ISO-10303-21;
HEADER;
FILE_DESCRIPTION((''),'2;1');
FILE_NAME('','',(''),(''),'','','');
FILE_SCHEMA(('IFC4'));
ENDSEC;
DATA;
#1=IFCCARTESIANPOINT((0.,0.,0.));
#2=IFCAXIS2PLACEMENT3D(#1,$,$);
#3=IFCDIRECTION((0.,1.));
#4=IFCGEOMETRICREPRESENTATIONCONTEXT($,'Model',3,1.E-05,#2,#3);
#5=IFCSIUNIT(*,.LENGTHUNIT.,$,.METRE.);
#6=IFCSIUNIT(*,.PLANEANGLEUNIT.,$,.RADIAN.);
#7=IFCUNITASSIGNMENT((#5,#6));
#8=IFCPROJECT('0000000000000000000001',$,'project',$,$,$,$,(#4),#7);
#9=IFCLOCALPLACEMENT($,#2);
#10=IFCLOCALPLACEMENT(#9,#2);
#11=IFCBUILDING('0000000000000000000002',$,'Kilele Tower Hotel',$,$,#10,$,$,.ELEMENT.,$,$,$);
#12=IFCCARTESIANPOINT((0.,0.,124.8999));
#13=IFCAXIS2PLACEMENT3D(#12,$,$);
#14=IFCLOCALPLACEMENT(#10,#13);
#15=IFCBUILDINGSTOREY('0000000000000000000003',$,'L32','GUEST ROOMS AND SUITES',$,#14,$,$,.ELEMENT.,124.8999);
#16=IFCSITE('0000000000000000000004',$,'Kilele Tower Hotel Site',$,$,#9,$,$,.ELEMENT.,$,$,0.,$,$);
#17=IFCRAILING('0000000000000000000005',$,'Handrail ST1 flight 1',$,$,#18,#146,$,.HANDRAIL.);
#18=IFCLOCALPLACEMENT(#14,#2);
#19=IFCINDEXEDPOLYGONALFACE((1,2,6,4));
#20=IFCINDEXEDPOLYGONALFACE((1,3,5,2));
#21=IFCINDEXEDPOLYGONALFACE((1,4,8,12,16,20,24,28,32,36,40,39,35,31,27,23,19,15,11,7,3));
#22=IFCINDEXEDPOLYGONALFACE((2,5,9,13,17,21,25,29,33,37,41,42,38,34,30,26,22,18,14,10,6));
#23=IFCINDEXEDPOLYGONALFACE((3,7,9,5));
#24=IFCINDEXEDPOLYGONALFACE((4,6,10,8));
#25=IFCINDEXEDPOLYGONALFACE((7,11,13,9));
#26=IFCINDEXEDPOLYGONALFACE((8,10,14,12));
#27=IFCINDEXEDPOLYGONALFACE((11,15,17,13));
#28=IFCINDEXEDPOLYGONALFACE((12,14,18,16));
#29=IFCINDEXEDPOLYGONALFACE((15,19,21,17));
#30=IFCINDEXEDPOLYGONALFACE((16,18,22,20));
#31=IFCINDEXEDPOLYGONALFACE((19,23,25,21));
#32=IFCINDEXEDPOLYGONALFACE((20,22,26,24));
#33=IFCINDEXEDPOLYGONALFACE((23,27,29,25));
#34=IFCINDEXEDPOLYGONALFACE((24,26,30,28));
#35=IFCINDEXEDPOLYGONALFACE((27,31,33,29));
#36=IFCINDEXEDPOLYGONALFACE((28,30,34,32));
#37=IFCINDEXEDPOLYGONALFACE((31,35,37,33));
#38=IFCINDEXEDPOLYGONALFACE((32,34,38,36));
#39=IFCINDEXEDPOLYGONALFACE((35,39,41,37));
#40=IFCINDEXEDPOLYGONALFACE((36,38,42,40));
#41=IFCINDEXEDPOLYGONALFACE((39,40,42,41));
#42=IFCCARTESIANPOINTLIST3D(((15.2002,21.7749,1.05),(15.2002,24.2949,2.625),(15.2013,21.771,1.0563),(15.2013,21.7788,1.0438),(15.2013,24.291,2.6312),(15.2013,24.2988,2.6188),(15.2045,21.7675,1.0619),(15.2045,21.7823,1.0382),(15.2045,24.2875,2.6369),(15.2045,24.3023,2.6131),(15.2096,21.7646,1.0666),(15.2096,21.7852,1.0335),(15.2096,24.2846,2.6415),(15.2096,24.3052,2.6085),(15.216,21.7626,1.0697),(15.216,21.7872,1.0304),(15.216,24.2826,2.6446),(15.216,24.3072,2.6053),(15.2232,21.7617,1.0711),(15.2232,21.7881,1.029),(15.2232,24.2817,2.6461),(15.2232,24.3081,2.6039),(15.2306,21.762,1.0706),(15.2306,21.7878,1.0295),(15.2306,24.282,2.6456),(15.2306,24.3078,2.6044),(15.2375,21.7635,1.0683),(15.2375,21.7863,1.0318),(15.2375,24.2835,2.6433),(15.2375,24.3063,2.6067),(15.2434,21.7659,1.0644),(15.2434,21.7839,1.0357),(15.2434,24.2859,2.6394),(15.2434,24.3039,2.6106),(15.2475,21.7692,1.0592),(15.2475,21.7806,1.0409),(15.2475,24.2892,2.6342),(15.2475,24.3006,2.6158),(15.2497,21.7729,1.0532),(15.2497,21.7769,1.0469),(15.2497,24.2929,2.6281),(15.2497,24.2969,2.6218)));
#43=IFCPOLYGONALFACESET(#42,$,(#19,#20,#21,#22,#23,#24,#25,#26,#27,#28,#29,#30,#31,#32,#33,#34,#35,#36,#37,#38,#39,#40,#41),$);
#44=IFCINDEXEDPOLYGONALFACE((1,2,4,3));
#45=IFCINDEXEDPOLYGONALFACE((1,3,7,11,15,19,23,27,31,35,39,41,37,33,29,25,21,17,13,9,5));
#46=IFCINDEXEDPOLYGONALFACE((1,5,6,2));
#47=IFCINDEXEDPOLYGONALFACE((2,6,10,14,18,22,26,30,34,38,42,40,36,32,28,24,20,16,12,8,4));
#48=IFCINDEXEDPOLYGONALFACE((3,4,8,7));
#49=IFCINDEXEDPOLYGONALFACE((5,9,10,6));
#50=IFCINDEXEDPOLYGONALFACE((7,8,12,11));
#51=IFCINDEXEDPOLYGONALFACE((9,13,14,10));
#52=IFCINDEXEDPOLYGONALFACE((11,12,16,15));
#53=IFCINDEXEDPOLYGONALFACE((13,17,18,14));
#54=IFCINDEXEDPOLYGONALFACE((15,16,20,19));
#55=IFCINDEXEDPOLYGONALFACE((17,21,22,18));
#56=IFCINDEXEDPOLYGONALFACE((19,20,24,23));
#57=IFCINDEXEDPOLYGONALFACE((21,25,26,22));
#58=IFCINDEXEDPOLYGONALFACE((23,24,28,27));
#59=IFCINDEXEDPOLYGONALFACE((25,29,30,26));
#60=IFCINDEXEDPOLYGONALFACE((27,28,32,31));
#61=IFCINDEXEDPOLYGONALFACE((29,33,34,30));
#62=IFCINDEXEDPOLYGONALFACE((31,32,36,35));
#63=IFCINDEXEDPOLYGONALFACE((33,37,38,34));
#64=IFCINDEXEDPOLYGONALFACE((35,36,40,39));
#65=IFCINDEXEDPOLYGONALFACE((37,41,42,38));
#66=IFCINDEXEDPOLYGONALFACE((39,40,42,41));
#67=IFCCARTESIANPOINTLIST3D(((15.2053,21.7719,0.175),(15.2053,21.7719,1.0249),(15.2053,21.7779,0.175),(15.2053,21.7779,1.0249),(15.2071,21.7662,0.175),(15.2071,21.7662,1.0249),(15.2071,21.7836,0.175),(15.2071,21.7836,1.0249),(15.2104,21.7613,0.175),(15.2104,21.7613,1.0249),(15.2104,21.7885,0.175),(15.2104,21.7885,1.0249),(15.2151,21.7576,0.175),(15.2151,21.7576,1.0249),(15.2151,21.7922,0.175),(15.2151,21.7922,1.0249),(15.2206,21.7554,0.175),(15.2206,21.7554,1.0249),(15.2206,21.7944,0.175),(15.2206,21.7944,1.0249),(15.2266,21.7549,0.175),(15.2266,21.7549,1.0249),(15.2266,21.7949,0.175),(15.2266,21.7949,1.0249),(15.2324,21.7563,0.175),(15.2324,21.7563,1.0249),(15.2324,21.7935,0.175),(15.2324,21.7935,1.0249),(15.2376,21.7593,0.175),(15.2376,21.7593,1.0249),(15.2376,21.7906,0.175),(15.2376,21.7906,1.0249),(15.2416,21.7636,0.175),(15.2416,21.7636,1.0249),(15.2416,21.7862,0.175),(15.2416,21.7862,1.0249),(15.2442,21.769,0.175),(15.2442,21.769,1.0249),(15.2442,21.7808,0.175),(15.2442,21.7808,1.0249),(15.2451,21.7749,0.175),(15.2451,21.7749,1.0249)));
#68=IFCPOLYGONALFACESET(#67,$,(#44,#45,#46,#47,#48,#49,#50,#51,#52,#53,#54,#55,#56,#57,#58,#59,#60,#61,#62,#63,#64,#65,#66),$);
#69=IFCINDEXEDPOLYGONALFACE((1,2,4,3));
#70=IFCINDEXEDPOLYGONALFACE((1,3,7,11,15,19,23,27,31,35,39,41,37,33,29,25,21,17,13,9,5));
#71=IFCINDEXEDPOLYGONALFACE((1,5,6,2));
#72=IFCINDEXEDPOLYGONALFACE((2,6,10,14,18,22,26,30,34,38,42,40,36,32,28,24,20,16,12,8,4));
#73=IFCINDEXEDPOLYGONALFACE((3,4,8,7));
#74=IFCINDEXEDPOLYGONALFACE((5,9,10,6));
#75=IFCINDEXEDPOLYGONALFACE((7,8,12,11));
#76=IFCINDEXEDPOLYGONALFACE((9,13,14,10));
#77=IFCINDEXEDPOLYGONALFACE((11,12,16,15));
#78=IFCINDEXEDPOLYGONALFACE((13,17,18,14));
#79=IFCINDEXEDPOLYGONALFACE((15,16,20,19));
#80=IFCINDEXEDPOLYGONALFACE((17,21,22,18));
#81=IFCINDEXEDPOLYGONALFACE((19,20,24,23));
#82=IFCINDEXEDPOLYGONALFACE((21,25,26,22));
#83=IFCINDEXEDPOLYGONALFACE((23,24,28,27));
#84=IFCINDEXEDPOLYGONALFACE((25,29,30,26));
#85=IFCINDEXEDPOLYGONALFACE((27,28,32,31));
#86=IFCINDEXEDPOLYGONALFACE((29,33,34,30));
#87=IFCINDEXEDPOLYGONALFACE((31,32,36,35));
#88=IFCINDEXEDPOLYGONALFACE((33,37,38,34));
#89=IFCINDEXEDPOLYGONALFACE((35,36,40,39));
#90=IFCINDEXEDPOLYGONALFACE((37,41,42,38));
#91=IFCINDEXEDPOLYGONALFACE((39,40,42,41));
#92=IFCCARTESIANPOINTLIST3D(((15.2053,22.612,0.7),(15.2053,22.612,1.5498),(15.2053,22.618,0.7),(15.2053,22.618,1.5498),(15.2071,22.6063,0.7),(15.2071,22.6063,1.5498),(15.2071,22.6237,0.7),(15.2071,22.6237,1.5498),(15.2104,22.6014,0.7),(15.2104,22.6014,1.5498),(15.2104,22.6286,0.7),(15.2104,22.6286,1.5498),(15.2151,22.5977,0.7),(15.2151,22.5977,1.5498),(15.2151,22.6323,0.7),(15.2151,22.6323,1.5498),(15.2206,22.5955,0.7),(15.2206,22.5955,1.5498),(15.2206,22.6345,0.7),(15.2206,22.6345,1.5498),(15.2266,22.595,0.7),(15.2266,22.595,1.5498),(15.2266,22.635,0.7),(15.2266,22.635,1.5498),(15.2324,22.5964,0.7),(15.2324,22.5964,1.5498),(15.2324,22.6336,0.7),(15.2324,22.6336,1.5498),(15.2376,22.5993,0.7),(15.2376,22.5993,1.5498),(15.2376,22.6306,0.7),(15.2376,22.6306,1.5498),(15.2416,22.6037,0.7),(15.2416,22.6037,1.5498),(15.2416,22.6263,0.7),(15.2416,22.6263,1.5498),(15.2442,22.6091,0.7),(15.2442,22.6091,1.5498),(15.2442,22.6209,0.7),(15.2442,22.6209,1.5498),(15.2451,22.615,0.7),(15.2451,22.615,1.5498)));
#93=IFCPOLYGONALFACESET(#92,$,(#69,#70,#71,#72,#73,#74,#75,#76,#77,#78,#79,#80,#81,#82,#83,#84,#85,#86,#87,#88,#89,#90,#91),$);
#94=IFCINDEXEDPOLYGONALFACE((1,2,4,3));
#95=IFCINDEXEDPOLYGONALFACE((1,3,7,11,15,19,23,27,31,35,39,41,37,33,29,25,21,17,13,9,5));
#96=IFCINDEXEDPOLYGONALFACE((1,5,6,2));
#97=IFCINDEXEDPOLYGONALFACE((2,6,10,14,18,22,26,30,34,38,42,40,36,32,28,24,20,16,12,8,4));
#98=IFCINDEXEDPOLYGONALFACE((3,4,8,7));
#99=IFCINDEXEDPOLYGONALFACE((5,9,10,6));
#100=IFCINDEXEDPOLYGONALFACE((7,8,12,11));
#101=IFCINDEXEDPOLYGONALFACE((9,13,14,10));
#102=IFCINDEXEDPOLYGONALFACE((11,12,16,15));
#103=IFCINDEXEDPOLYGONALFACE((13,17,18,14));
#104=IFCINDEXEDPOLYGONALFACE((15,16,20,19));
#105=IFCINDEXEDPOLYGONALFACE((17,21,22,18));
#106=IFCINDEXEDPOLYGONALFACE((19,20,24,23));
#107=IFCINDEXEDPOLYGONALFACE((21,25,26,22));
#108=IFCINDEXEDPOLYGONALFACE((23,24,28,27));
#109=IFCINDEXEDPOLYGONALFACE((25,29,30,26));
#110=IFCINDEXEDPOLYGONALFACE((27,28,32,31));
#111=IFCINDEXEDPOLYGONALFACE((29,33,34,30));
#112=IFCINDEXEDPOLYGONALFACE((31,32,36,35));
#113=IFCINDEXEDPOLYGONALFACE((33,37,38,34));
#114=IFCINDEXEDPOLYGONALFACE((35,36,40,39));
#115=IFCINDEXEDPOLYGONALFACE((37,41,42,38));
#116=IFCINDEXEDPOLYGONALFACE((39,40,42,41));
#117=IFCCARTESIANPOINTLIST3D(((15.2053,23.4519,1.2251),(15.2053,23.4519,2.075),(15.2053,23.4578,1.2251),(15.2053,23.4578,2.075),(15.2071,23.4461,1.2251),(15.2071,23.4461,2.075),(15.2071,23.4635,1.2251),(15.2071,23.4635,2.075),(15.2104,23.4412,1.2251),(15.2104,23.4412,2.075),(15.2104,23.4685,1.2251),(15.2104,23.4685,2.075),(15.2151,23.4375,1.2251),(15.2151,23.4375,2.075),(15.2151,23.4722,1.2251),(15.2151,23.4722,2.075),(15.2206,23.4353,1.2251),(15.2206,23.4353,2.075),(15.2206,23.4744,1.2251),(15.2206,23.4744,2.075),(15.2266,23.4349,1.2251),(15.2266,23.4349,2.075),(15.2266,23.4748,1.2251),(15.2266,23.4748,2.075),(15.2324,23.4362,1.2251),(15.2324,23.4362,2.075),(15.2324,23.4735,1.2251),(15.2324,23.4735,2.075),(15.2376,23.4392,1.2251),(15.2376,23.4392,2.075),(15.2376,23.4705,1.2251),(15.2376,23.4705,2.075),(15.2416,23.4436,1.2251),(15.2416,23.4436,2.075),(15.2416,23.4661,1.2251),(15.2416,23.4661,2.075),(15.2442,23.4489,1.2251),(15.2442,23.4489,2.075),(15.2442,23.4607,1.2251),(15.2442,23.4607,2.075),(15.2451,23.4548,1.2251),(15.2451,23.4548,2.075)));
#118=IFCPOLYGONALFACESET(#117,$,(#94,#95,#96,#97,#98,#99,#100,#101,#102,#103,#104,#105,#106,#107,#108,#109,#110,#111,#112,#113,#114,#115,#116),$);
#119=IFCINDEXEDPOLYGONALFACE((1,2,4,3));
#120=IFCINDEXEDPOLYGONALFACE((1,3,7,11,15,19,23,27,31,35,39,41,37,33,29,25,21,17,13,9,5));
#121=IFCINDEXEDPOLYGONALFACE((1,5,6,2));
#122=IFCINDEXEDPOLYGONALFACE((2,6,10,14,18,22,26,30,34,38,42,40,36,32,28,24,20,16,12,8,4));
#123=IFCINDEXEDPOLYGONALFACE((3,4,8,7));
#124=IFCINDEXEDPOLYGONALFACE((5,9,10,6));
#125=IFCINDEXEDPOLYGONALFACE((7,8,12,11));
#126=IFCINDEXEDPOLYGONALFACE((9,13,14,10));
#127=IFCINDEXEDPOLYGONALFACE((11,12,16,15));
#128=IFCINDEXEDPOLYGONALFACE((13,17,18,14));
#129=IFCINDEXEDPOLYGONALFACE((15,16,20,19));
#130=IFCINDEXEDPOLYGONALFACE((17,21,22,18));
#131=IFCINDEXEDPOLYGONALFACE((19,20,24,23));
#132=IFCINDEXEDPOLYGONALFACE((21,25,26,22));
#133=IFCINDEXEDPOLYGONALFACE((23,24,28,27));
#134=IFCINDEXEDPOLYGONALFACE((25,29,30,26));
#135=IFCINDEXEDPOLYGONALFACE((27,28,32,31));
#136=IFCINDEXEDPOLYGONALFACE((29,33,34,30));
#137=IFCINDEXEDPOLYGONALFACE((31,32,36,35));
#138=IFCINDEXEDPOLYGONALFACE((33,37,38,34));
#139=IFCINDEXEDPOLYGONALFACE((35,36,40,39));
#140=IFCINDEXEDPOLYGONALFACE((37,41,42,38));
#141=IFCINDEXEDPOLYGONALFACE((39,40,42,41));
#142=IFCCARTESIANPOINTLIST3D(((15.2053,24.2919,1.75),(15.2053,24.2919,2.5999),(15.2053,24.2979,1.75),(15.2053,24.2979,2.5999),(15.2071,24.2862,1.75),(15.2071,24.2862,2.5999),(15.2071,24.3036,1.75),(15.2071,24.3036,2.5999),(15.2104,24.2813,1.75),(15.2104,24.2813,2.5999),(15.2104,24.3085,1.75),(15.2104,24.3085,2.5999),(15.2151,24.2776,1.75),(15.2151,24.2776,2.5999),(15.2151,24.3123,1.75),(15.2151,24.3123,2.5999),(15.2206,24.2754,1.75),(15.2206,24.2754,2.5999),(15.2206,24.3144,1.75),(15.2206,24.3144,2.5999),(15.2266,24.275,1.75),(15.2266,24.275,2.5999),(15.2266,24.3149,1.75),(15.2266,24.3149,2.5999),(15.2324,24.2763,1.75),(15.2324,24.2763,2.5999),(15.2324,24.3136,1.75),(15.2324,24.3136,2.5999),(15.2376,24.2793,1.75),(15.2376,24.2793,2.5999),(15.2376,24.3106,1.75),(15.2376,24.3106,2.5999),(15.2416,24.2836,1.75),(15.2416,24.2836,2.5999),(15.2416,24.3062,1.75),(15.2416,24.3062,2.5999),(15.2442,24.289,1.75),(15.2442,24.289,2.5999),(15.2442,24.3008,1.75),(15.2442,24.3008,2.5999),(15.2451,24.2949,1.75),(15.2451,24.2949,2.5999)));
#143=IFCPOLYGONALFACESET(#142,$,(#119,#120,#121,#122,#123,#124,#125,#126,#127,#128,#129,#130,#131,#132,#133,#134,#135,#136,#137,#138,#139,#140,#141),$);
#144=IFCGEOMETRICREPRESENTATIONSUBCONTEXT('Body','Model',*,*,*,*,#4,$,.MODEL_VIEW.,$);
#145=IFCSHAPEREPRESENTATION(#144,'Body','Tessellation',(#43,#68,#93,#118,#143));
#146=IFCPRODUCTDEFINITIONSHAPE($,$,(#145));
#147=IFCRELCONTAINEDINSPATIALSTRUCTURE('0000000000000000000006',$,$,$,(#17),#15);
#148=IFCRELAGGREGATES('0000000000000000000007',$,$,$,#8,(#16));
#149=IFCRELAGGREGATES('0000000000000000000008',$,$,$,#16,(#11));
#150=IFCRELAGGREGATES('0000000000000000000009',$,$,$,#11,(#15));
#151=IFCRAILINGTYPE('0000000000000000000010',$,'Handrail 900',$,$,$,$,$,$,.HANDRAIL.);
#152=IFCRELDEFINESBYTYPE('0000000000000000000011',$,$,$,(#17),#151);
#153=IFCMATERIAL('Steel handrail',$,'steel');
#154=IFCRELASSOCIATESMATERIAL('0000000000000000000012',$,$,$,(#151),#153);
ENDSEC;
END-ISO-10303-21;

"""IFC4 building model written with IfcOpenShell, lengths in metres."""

from ifc_helpers import new_model, si_unit, direction, frame, origin, origin_2d, place, context, subcontext, project, spatial, circle, extrude, material, type_object, element, save


model = new_model("IFC4")

# Units and contexts
model_context = context("Model", 3, precision=1e-05, world=origin(), true_north=direction((0.0, 1.0)))
body_context = subcontext(model_context, "Body", "Model", "MODEL_VIEW")
ifc_project = project(units=[si_unit("LENGTHUNIT", "METRE"), si_unit("PLANEANGLEUNIT", "RADIAN")], contexts=[model_context])

# Site, building, storey
site_placement = place(None, origin())
site = spatial("IfcSite", under=ifc_project, at=site_placement, Name="Kilele Tower Hotel Site", CompositionType="ELEMENT", RefElevation=0.0)
building_placement = place(site_placement, origin())
building = spatial("IfcBuilding", under=site, at=building_placement, Name="Kilele Tower Hotel", CompositionType="ELEMENT")
storey_placement = place(building_placement, frame((0.0, 0.0, 124.8999)))
storey = spatial("IfcBuildingStorey", under=building, at=storey_placement, Name="L32", Description="GUEST ROOMS AND SUITES", CompositionType="ELEMENT", Elevation=124.8999)

# Railing
ifc_material_1 = material(Name="Steel handrail", Category="steel")
railing_type_1 = type_object("IfcRailingType", Name="Handrail 900", PredefinedType="HANDRAIL", material=ifc_material_1)
for number, where, name in (
    (1, (15.2251, 21.7749, 0.175), "Handrail ST1 flight 1"),
):
    element("IfcRailing", number, at=place(storey_placement, frame(where)), inside=storey, type_object=railing_type_1, Name=name, PredefinedType="HANDRAIL", context=body_context, shape_type="SweptSolid", body=[
        extrude(circle(Radius=0.0249, at=origin_2d()), frame((0.0, 0.0, 0.875), z_axis=(0.0, 0.848008, 0.529984), x_axis=(-1.0, 0.0, 0.0)), (0.0, 0.0, 1.0), 2.9717),
        extrude(circle(Radius=0.02, at=origin_2d()), origin(), (0.0, 0.0, 1.0), 0.8499),
        extrude(circle(Radius=0.02, at=origin_2d()), frame((0.0, 0.8401, 0.5249)), (0.0, 0.0, 1.0), 0.8499),
        extrude(circle(Radius=0.02, at=origin_2d()), frame((0.0, 1.6799, 1.05)), (0.0, 0.0, 1.0), 0.8499),
        extrude(circle(Radius=0.02, at=origin_2d()), frame((0.0, 2.52, 1.575)), (0.0, 0.0, 1.0), 0.8499),
    ])

save(model, "model.ifc")
